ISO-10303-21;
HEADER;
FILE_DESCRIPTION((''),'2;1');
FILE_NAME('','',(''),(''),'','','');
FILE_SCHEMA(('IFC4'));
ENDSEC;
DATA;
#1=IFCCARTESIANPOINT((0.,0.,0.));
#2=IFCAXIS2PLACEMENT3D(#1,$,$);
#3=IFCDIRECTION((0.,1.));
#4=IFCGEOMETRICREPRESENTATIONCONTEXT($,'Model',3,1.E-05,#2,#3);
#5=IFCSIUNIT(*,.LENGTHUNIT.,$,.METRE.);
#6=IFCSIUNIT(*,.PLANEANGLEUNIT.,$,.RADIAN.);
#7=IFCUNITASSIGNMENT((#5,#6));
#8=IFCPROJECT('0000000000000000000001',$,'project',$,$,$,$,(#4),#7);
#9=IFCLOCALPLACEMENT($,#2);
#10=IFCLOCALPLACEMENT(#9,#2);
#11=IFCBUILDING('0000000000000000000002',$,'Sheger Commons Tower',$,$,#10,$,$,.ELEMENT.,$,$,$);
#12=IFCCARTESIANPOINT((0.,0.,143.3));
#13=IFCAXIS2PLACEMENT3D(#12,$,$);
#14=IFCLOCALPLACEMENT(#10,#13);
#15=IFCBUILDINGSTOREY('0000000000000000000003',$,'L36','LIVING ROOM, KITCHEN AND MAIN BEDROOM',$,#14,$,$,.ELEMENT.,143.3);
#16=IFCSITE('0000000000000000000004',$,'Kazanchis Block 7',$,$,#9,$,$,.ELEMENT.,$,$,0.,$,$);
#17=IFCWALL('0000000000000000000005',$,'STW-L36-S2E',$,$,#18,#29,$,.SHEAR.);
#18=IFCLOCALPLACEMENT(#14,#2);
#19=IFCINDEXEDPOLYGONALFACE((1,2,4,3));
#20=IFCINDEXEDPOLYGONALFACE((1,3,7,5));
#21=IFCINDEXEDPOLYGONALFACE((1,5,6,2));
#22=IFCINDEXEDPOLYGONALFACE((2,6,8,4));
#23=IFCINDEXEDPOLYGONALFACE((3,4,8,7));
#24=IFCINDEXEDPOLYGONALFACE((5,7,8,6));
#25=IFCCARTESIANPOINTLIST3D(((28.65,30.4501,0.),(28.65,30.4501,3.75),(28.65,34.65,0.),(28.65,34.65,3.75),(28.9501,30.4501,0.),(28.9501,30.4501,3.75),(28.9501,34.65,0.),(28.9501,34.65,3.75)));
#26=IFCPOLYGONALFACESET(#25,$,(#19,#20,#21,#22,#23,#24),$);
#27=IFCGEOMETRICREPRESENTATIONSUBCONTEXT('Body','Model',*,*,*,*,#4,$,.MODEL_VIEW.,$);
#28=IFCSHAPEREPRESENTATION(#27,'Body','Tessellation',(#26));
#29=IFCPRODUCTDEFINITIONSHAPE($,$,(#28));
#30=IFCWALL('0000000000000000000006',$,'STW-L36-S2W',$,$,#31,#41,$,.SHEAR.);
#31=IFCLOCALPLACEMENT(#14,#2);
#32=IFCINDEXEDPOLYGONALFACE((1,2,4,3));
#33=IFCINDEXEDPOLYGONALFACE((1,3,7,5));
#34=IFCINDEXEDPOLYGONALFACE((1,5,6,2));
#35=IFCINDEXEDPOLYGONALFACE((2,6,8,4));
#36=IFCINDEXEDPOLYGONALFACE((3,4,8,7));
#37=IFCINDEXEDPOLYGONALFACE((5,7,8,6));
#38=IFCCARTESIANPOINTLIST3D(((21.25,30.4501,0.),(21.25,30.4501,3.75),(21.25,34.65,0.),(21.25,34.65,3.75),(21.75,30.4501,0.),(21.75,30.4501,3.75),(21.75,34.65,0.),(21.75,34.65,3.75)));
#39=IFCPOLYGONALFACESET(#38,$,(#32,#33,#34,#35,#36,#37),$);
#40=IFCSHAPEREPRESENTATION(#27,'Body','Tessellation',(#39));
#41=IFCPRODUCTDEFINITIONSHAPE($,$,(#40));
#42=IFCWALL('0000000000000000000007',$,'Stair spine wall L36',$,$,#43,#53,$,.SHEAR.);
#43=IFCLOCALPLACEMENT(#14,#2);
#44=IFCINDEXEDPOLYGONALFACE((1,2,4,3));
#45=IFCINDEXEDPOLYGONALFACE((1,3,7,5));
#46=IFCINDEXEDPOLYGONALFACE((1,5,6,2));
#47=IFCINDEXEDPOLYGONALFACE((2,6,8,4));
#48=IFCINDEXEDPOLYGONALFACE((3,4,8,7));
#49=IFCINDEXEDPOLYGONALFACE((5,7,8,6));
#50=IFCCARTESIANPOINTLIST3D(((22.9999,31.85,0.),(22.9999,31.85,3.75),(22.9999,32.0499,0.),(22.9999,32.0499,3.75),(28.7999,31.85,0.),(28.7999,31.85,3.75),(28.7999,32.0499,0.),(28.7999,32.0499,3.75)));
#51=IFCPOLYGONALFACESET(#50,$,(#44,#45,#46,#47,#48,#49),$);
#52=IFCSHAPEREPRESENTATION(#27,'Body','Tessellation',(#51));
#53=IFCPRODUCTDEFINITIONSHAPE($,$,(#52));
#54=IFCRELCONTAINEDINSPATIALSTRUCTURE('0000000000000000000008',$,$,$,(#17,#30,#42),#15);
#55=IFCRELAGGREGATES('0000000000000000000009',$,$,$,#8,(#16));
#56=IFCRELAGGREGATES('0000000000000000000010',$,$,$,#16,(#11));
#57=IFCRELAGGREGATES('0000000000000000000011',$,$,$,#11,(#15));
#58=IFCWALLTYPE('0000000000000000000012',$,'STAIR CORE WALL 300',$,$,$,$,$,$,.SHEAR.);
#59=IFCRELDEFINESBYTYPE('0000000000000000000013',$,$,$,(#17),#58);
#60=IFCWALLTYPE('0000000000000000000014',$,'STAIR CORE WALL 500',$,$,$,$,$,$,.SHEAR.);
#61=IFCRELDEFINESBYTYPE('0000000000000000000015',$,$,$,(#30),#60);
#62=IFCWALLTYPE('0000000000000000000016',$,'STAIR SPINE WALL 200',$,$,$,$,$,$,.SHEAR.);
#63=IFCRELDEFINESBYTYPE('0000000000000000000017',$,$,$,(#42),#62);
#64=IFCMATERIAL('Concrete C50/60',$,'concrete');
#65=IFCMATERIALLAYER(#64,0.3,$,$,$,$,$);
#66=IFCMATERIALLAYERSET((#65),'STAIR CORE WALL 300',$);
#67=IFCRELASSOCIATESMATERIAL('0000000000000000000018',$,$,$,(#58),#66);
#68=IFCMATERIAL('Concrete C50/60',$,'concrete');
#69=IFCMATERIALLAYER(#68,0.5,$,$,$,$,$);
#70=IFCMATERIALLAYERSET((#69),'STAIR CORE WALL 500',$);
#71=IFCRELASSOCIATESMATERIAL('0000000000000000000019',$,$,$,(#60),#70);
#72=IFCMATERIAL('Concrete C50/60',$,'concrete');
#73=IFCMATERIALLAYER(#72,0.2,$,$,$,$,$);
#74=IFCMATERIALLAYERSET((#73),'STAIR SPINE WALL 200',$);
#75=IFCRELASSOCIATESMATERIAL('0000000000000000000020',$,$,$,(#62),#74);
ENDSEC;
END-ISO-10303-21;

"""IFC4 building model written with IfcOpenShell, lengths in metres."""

from ifc_helpers import new_model, si_unit, direction, frame, frame_2d, origin, place, context, subcontext, project, spatial, rectangle, extrude, material, layer, layer_set, type_object, element, save


model = new_model("IFC4")

# Units and contexts
model_context = context("Model", 3, precision=1e-05, world=origin(), true_north=direction((0.0, 1.0)))
body_context = subcontext(model_context, "Body", "Model", "MODEL_VIEW")
ifc_project = project(units=[si_unit("LENGTHUNIT", "METRE"), si_unit("PLANEANGLEUNIT", "RADIAN")], contexts=[model_context])

# Site, building, storey
site_placement = place(None, origin())
site = spatial("IfcSite", under=ifc_project, at=site_placement, Name="Kazanchis Block 7", CompositionType="ELEMENT", RefElevation=0.0)
building_placement = place(site_placement, origin())
building = spatial("IfcBuilding", under=site, at=building_placement, Name="Sheger Commons Tower", CompositionType="ELEMENT")
storey_placement = place(building_placement, frame((0.0, 0.0, 143.3)))
storey = spatial("IfcBuildingStorey", under=building, at=storey_placement, Name="L36", Description="LIVING ROOM, KITCHEN AND MAIN BEDROOM", CompositionType="ELEMENT", Elevation=143.3)

# Shared definitions
ifc_material_1 = material(Name="Concrete C50/60", Category="concrete")
ifc_layer_1 = layer(ifc_material_1, 0.3)
ifc_layer_set_1 = layer_set([ifc_layer_1], Name="STAIR CORE WALL 300")
wall_type_1 = type_object("IfcWallType", Name="STAIR CORE WALL 300", PredefinedType="SHEAR", material=ifc_layer_set_1)

# Walls
wall_1_placement = place(storey_placement, frame((28.8, 30.45, 0.0), z_axis=(0.0, 0.0, 1.0), x_axis=(0.0, 1.0, 0.0)))
element("IfcWall", 1, at=wall_1_placement, inside=storey, type_object=wall_type_1, Name="STW-L36-S2E", PredefinedType="SHEAR", context=body_context, shape_type="SweptSolid", body=[
    extrude(rectangle(XDim=4.2, YDim=0.3, at=frame_2d((2.1001, 0.0))), origin(), (0.0, 0.0, 1.0), 3.75),
])
ifc_material_2 = material(Name="Concrete C50/60", Category="concrete")
ifc_layer_2 = layer(ifc_material_2, 0.5)
ifc_layer_set_2 = layer_set([ifc_layer_2], Name="STAIR CORE WALL 500")
wall_type_2 = type_object("IfcWallType", Name="STAIR CORE WALL 500", PredefinedType="SHEAR", material=ifc_layer_set_2)
wall_2_placement = place(storey_placement, frame((21.5, 30.45, 0.0), z_axis=(0.0, 0.0, 1.0), x_axis=(0.0, 1.0, 0.0)))
element("IfcWall", 2, at=wall_2_placement, inside=storey, type_object=wall_type_2, Name="STW-L36-S2W", PredefinedType="SHEAR", context=body_context, shape_type="SweptSolid", body=[
    extrude(rectangle(XDim=4.2, YDim=0.5, at=frame_2d((2.1001, 0.0))), origin(), (0.0, 0.0, 1.0), 3.75),
])
ifc_material_3 = material(Name="Concrete C50/60", Category="concrete")
ifc_layer_3 = layer(ifc_material_3, 0.2)
ifc_layer_set_3 = layer_set([ifc_layer_3], Name="STAIR SPINE WALL 200")
wall_type_3 = type_object("IfcWallType", Name="STAIR SPINE WALL 200", PredefinedType="SHEAR", material=ifc_layer_set_3)
wall_3_placement = place(storey_placement, frame((23.0, 31.95, 0.0), z_axis=(0.0, 0.0, 1.0), x_axis=(1.0, 0.0, 0.0)))
element("IfcWall", 3, at=wall_3_placement, inside=storey, type_object=wall_type_3, Name="Stair spine wall L36", PredefinedType="SHEAR", context=body_context, shape_type="SweptSolid", body=[
    extrude(rectangle(XDim=5.8, YDim=0.2, at=frame_2d((2.8999, 0.0))), origin(), (0.0, 0.0, 1.0), 3.75),
])

save(model, "model.ifc")
